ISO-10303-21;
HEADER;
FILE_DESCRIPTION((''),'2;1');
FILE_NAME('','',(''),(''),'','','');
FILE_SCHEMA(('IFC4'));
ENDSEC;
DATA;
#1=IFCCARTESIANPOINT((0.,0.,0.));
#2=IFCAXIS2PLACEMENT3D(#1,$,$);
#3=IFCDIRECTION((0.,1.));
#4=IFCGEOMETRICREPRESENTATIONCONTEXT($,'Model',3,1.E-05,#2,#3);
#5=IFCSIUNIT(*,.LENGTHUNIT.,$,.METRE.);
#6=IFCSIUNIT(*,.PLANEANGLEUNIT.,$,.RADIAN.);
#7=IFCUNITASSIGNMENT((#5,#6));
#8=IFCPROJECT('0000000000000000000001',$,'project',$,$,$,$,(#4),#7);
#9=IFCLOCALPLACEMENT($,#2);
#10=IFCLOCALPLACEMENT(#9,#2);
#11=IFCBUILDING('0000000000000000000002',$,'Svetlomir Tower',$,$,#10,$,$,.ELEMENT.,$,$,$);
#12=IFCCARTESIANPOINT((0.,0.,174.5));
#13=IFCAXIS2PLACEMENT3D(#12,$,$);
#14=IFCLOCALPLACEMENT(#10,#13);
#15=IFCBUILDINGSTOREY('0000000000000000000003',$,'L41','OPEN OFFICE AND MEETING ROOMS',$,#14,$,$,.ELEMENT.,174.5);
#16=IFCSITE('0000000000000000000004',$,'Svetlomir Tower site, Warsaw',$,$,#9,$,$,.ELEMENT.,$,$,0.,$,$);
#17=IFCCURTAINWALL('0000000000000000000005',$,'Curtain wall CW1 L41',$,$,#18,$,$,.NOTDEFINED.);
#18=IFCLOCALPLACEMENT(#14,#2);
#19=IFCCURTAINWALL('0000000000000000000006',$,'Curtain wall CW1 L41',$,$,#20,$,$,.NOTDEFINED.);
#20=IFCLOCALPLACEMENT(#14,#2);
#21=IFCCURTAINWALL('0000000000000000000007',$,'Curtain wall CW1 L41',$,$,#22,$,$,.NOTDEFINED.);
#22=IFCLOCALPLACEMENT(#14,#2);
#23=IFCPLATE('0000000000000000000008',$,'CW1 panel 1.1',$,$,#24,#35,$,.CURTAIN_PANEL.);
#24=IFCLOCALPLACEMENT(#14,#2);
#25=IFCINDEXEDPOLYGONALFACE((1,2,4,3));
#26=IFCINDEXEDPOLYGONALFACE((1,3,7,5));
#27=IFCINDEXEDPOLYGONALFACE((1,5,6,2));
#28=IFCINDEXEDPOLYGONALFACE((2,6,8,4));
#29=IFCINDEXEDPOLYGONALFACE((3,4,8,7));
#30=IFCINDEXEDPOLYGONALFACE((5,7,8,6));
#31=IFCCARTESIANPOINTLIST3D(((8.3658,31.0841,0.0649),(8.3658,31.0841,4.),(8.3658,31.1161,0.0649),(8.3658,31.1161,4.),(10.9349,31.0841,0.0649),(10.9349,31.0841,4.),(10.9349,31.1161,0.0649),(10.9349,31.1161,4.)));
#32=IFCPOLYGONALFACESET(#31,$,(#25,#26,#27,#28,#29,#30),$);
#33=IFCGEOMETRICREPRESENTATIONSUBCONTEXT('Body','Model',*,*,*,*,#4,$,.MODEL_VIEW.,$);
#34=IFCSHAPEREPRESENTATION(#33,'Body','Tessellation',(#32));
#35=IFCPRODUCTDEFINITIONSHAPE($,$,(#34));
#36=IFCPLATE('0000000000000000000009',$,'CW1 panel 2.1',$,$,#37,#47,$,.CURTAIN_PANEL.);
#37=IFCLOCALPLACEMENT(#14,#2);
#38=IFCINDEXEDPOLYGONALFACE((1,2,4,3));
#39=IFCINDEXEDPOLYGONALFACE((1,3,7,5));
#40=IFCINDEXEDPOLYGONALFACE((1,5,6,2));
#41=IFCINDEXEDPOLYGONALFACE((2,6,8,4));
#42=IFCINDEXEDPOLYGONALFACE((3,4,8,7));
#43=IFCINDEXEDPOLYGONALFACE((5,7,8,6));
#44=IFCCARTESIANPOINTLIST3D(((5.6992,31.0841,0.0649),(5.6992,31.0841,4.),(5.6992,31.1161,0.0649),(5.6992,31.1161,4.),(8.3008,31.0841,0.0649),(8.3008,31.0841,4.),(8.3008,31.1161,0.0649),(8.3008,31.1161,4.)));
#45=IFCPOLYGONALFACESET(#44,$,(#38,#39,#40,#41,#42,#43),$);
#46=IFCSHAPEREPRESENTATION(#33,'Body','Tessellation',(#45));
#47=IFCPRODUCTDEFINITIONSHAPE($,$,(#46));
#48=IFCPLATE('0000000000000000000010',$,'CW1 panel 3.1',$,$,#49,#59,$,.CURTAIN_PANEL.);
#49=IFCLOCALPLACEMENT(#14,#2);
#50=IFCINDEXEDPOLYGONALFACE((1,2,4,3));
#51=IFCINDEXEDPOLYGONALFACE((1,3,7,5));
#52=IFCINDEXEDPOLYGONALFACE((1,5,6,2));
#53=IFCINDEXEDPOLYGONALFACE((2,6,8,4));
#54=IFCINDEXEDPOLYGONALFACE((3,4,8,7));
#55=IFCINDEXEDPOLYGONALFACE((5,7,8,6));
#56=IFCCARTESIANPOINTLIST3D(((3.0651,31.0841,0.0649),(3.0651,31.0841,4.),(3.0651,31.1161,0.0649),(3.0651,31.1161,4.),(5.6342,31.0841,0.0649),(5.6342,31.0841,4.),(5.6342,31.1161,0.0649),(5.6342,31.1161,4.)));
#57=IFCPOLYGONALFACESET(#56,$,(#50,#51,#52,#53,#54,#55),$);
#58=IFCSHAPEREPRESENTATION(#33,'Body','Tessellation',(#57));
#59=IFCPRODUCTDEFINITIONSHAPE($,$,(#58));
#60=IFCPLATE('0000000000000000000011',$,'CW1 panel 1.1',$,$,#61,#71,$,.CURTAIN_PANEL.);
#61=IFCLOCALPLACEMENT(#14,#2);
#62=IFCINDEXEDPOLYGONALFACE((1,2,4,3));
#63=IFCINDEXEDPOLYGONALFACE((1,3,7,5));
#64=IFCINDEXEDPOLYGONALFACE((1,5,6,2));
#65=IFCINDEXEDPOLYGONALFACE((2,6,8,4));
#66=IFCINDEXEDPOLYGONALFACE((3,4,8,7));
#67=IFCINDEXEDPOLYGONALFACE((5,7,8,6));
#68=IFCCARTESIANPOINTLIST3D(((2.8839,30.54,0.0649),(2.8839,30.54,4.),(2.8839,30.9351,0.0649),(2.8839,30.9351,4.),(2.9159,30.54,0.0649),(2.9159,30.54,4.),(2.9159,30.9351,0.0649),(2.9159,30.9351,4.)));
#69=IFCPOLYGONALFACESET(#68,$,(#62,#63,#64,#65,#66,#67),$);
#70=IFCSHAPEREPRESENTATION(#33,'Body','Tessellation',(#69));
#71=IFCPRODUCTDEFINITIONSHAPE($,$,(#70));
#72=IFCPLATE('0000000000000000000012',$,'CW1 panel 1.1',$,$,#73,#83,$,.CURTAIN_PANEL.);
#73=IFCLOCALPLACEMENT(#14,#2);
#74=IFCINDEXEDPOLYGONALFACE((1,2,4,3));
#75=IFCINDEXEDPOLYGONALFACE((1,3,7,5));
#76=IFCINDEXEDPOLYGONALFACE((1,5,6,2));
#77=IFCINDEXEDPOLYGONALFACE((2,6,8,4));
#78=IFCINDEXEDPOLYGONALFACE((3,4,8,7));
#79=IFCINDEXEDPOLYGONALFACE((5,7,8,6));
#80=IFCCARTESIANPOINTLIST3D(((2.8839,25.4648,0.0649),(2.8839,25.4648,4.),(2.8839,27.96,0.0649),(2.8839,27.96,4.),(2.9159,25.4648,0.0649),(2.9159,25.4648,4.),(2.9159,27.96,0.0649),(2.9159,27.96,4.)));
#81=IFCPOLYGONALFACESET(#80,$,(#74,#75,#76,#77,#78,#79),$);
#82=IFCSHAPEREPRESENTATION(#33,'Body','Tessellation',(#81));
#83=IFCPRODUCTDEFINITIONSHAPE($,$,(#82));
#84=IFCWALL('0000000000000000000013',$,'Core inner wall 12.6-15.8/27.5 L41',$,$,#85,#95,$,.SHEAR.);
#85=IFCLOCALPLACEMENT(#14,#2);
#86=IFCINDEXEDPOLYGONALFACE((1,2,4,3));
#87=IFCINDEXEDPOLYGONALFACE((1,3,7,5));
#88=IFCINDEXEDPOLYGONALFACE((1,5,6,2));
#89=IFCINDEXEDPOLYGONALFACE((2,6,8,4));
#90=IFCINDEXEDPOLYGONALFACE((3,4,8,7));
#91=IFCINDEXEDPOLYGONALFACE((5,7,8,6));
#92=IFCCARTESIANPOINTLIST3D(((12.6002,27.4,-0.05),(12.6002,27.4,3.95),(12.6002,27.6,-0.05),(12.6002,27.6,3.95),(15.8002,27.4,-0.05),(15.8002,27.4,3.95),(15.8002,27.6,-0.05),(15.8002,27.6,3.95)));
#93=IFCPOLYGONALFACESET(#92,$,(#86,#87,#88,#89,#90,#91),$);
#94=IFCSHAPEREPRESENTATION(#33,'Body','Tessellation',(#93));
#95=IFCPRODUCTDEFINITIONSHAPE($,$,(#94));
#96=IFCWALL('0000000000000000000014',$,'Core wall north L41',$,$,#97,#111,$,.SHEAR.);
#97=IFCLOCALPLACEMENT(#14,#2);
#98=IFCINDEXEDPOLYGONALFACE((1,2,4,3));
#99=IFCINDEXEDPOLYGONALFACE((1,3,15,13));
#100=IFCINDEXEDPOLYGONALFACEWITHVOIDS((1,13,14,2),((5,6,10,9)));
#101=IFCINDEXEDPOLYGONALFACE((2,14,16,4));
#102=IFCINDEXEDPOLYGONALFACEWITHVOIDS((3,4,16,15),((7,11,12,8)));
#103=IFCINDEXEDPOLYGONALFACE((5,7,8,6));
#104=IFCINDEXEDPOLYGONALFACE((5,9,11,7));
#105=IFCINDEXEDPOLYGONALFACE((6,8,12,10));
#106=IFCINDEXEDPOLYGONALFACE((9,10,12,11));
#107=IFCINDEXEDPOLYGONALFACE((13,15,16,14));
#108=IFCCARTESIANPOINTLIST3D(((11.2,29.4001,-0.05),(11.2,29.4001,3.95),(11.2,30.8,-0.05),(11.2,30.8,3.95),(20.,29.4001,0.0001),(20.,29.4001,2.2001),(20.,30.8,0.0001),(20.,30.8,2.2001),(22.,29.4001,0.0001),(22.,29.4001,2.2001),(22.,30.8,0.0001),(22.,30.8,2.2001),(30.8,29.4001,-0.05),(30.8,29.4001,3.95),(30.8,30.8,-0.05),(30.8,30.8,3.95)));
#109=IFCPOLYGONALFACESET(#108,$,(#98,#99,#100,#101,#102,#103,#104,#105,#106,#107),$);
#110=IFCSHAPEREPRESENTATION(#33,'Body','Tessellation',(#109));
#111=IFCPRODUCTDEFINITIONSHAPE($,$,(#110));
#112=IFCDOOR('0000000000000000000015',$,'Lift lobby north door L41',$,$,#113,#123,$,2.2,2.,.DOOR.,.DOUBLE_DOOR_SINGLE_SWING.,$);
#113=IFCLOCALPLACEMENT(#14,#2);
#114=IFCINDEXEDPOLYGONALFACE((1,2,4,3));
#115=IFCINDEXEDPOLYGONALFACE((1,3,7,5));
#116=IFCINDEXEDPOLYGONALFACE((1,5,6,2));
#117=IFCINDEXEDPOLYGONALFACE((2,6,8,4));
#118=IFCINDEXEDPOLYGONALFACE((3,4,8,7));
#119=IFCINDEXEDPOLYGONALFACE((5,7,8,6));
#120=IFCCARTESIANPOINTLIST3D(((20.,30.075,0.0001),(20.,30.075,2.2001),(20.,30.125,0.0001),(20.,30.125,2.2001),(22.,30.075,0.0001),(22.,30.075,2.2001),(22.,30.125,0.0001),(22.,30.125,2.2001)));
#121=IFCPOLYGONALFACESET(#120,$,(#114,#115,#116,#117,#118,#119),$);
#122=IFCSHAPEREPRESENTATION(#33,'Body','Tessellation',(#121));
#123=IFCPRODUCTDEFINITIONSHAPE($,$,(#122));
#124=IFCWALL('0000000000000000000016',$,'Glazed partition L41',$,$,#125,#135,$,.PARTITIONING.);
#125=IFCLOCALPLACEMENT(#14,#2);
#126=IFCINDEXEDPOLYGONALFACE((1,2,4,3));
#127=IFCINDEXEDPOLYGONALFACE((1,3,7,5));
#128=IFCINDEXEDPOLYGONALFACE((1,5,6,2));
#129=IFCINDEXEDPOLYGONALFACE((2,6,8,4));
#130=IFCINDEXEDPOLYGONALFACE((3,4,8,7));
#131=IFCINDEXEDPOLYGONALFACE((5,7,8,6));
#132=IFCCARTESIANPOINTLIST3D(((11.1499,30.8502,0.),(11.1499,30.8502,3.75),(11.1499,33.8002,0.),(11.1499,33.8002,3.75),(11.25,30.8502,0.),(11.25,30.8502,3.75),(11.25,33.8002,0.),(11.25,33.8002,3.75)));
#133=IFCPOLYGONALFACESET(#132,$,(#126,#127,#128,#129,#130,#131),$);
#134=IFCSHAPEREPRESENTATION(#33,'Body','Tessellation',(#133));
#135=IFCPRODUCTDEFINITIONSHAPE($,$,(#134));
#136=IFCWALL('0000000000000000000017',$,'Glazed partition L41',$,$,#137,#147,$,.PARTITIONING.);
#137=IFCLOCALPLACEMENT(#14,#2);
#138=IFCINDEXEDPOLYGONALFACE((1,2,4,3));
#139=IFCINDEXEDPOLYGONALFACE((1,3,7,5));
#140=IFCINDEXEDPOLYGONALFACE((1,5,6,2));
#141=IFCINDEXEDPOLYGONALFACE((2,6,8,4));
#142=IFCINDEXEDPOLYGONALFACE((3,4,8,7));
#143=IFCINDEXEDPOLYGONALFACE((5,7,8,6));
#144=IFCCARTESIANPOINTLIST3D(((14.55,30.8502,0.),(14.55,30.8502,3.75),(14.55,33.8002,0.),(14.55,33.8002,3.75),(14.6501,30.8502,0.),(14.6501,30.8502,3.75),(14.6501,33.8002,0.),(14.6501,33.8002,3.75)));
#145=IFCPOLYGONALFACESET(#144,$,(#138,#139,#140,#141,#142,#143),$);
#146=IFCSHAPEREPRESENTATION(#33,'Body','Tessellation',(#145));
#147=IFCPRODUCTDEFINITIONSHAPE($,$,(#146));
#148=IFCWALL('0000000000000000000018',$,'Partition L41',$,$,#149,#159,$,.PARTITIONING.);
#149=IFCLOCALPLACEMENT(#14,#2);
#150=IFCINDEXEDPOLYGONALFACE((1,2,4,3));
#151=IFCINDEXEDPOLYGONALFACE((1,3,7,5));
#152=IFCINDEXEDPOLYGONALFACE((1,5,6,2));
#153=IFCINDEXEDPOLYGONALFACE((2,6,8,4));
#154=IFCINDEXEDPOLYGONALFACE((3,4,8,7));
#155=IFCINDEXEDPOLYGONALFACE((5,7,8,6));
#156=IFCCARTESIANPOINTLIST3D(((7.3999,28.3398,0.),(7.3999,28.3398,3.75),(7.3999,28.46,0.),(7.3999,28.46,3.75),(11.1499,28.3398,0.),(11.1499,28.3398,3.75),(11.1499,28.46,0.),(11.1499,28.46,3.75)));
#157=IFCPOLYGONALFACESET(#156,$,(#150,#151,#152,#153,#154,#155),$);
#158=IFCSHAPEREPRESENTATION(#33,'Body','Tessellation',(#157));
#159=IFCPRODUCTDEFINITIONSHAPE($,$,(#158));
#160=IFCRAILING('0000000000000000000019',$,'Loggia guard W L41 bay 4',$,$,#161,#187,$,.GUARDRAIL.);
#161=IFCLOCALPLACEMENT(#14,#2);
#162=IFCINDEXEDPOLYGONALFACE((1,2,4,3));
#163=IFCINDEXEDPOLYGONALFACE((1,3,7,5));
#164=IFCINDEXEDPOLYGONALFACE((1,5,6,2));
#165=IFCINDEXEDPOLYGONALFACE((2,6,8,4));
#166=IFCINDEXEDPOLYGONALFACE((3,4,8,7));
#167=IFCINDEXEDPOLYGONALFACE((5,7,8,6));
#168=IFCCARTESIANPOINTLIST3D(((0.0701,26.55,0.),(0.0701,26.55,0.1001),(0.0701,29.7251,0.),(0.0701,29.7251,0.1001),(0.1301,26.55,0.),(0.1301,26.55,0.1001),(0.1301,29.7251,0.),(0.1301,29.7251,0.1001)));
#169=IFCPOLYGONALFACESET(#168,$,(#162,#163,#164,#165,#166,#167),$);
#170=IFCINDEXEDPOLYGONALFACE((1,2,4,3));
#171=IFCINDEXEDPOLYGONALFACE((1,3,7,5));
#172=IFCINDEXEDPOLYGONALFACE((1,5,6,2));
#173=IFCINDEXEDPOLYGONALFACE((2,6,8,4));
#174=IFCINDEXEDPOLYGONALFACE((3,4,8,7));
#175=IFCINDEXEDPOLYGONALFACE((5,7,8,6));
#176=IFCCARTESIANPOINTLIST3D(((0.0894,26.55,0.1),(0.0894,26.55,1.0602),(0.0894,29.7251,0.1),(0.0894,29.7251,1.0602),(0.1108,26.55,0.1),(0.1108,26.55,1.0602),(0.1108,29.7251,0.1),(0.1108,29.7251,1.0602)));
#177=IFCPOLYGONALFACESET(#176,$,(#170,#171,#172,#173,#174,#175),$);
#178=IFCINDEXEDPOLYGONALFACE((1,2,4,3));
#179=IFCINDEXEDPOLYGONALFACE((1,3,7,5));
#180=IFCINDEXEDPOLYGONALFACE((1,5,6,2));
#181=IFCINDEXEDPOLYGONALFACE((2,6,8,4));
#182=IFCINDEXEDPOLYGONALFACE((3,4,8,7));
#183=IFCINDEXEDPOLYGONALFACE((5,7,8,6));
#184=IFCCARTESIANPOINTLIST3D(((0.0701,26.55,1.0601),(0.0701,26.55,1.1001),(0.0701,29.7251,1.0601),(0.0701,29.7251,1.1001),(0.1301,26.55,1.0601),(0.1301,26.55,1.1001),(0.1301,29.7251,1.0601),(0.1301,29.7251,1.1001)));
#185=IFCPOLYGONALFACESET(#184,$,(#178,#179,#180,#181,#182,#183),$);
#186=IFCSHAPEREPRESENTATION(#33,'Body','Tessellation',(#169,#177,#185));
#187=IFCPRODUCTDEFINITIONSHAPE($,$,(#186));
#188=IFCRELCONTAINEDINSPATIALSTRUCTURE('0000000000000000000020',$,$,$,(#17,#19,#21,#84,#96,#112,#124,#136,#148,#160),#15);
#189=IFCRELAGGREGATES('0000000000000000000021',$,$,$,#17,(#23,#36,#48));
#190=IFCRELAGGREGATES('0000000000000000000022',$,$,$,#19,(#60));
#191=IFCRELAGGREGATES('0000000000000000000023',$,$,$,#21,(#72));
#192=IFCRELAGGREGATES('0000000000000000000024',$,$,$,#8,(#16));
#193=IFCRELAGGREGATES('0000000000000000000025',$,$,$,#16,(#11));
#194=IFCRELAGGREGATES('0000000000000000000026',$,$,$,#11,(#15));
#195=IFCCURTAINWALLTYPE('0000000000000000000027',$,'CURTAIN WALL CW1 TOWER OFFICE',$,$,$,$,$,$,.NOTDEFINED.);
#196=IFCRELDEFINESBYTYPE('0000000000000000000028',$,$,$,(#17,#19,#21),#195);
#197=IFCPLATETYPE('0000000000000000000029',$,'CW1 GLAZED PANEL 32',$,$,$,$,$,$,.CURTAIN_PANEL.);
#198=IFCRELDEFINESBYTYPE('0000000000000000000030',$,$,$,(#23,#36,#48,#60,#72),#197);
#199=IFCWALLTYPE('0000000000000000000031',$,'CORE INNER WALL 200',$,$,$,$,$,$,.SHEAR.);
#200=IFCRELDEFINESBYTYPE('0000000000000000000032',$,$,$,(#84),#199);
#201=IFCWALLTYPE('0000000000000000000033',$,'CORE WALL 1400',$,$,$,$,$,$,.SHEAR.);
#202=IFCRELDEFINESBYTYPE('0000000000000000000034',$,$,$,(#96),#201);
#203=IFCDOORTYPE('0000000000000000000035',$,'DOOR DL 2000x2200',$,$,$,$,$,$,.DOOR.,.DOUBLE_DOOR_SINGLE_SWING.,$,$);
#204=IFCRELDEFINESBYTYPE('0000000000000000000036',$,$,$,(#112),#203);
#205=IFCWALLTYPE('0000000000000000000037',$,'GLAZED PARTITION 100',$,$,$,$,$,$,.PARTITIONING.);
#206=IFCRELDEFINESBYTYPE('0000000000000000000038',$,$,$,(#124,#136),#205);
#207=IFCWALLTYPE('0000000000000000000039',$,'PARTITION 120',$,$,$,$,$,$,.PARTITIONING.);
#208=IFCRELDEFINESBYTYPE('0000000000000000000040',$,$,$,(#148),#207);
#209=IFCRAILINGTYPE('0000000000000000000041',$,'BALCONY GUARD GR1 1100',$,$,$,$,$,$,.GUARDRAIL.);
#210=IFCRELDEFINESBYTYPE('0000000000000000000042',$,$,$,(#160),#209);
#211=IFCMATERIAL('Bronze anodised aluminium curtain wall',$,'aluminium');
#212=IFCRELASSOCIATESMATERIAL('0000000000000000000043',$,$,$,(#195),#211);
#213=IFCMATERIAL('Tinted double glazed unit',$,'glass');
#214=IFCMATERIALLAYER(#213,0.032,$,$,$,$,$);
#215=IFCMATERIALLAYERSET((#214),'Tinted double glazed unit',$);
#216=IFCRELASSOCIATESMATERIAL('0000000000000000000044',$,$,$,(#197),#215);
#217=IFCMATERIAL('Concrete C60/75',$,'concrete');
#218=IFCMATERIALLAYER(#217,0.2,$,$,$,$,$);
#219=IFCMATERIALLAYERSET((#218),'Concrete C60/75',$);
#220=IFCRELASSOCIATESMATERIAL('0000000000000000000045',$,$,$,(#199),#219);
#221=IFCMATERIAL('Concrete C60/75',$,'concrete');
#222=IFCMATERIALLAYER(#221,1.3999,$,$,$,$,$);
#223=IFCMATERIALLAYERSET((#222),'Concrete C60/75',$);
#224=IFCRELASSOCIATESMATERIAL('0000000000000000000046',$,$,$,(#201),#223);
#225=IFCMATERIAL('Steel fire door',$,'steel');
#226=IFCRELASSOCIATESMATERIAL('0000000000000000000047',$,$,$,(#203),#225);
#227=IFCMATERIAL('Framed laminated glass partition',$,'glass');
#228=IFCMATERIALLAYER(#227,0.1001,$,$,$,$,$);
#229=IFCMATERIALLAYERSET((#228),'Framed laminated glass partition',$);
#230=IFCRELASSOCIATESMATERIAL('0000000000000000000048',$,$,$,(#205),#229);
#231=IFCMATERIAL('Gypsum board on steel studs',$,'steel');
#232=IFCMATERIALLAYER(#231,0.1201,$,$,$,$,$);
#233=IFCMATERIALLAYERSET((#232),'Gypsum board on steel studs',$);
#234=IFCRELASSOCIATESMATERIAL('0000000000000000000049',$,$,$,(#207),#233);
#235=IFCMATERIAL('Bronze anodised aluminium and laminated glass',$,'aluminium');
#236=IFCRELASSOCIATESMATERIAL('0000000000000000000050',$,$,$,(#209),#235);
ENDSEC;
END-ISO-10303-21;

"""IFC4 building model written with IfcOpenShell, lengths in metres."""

from ifc_helpers import new_model, si_unit, direction, frame, frame_2d, origin, origin_2d, place, context, subcontext, project, spatial, rectangle, extrude, material, layer, layer_set, type_object, element, fill, aggregate, save


model = new_model("IFC4")

# Units and contexts
model_context = context("Model", 3, precision=1e-05, world=origin(), true_north=direction((0.0, 1.0)))
body_context = subcontext(model_context, "Body", "Model", "MODEL_VIEW")
ifc_project = project(units=[si_unit("LENGTHUNIT", "METRE"), si_unit("PLANEANGLEUNIT", "RADIAN")], contexts=[model_context])

# Site, building, storey
site_placement = place(None, origin())
site = spatial("IfcSite", under=ifc_project, at=site_placement, Name="Svetlomir Tower site, Warsaw", CompositionType="ELEMENT", RefElevation=0.0)
building_placement = place(site_placement, origin())
building = spatial("IfcBuilding", under=site, at=building_placement, Name="Svetlomir Tower", CompositionType="ELEMENT")
storey_placement = place(building_placement, frame((0.0, 0.0, 174.5)))
storey = spatial("IfcBuildingStorey", under=building, at=storey_placement, Name="L41", Description="OPEN OFFICE AND MEETING ROOMS", CompositionType="ELEMENT", Elevation=174.5)

# Shared definitions
ifc_material_1 = material(Name="Bronze anodised aluminium curtain wall", Category="aluminium")
curtain_wall_type = type_object("IfcCurtainWallType", Name="CURTAIN WALL CW1 TOWER OFFICE", PredefinedType="NOTDEFINED", material=ifc_material_1)

# Curtain walls
curtain_wall_1_placement = place(storey_placement, origin())
curtain_wall_1 = element("IfcCurtainWall", 1, at=curtain_wall_1_placement, inside=storey, type_object=curtain_wall_type, Name="Curtain wall CW1 L41", PredefinedType="NOTDEFINED")
curtain_wall_2_placement = place(storey_placement, origin())
curtain_wall_2 = element("IfcCurtainWall", 2, at=curtain_wall_2_placement, inside=storey, type_object=curtain_wall_type, Name="Curtain wall CW1 L41", PredefinedType="NOTDEFINED")

# Curtain wall
curtain_wall_3_placement = place(storey_placement, origin())
curtain_wall_3 = element("IfcCurtainWall", 3, at=curtain_wall_3_placement, inside=storey, type_object=curtain_wall_type, Name="Curtain wall CW1 L41", PredefinedType="NOTDEFINED")

# Plates
ifc_material_2 = material(Name="Tinted double glazed unit", Category="glass")
ifc_layer_1 = layer(ifc_material_2, 0.032)
ifc_layer_set_1 = layer_set([ifc_layer_1], Name="Tinted double glazed unit")
plate_type = type_object("IfcPlateType", Name="CW1 GLAZED PANEL 32", PredefinedType="CURTAIN_PANEL", material=ifc_layer_set_1)
plate_1_placement = place(storey_placement, frame((9.6504, 31.1001, 0.0649), z_axis=(0.0, 0.0, 1.0), x_axis=(-1.0, 0.0, 0.0)))
plate_1 = element("IfcPlate", 4, at=plate_1_placement, type_object=plate_type, Name="CW1 panel 1.1", PredefinedType="CURTAIN_PANEL", context=body_context, shape_type="SweptSolid", body=[
    extrude(rectangle(XDim=2.5691, YDim=0.032, at=origin_2d()), origin(), (0.0, 0.0, 1.0), 3.9351),
])
plate_2_placement = place(storey_placement, frame((7.0, 31.1001, 0.0649), z_axis=(0.0, 0.0, 1.0), x_axis=(-1.0, 0.0, 0.0)))
plate_2 = element("IfcPlate", 5, at=plate_2_placement, type_object=plate_type, Name="CW1 panel 2.1", PredefinedType="CURTAIN_PANEL", context=body_context, shape_type="SweptSolid", body=[
    extrude(rectangle(XDim=2.6016, YDim=0.032, at=origin_2d()), origin(), (0.0, 0.0, 1.0), 3.9351),
])
plate_3_placement = place(storey_placement, frame((4.3496, 31.1001, 0.0649), z_axis=(0.0, 0.0, 1.0), x_axis=(-1.0, 0.0, 0.0)))
plate_3 = element("IfcPlate", 6, at=plate_3_placement, type_object=plate_type, Name="CW1 panel 3.1", PredefinedType="CURTAIN_PANEL", context=body_context, shape_type="SweptSolid", body=[
    extrude(rectangle(XDim=2.5691, YDim=0.032, at=origin_2d()), origin(), (0.0, 0.0, 1.0), 3.9351),
])
aggregate(curtain_wall_1, [plate_1, plate_2, plate_3])
plate_4_placement = place(storey_placement, frame((2.8999, 30.7375, 0.0649), z_axis=(0.0, 0.0, 1.0), x_axis=(0.0, -1.0, 0.0)))
plate_4 = element("IfcPlate", 7, at=plate_4_placement, type_object=plate_type, Name="CW1 panel 1.1", PredefinedType="CURTAIN_PANEL", context=body_context, shape_type="SweptSolid", body=[
    extrude(rectangle(XDim=0.395, YDim=0.032, at=origin_2d()), origin(), (0.0, 0.0, 1.0), 3.9351),
])
aggregate(curtain_wall_2, [plate_4])
plate_5_placement = place(storey_placement, frame((2.8999, 26.7124, 0.0649), z_axis=(0.0, 0.0, 1.0), x_axis=(0.0, -1.0, 0.0)))
plate_5 = element("IfcPlate", 8, at=plate_5_placement, type_object=plate_type, Name="CW1 panel 1.1", PredefinedType="CURTAIN_PANEL", context=body_context, shape_type="SweptSolid", body=[
    extrude(rectangle(XDim=2.4951, YDim=0.032, at=origin_2d()), origin(), (0.0, 0.0, 1.0), 3.9351),
])
aggregate(curtain_wall_3, [plate_5])

# Wall
ifc_material_3 = material(Name="Concrete C60/75", Category="concrete")
ifc_layer_2 = layer(ifc_material_3, 0.2)
ifc_layer_set_2 = layer_set([ifc_layer_2], Name="Concrete C60/75")
wall_type_1 = type_object("IfcWallType", Name="CORE INNER WALL 200", PredefinedType="SHEAR", material=ifc_layer_set_2)
wall_1_placement = place(storey_placement, frame((12.6001, 27.5, -0.05), z_axis=(0.0, 0.0, 1.0), x_axis=(1.0, 0.0, 0.0)))
element("IfcWall", 9, at=wall_1_placement, inside=storey, type_object=wall_type_1, Name="Core inner wall 12.6-15.8/27.5 L41", PredefinedType="SHEAR", context=body_context, shape_type="SweptSolid", body=[
    extrude(rectangle(XDim=3.2, YDim=0.2, at=frame_2d((1.6001, 0.0))), origin(), (0.0, 0.0, 1.0), 4.0),
])

# Wall, opening, door
ifc_material_4 = material(Name="Concrete C60/75", Category="concrete")
ifc_layer_3 = layer(ifc_material_4, 1.3999)
ifc_layer_set_3 = layer_set([ifc_layer_3], Name="Concrete C60/75")
wall_type_2 = type_object("IfcWallType", Name="CORE WALL 1400", PredefinedType="SHEAR", material=ifc_layer_set_3)
wall_2_placement = place(storey_placement, frame((11.2, 30.1001, -0.05), z_axis=(0.0, 0.0, 1.0), x_axis=(1.0, 0.0, 0.0)))
wall_2 = element("IfcWall", 10, at=wall_2_placement, inside=storey, type_object=wall_type_2, Name="Core wall north L41", PredefinedType="SHEAR", context=body_context, shape_type="SweptSolid", body=[
    extrude(rectangle(XDim=19.6001, YDim=1.3999, at=frame_2d((9.8, 0.0))), origin(), (0.0, 0.0, 1.0), 4.0),
])
opening_placement = place(wall_2_placement, frame((8.8, 0.0, 0.05)))
opening = element("IfcOpeningElement", 11, at=opening_placement, cuts=wall_2, PredefinedType="OPENING", context=body_context, shape_type="SweptSolid", body=[
    extrude(rectangle(XDim=2.0, YDim=2.2, at=frame_2d((1.0, 1.1001))), frame((0.0, 0.71, 0.0), z_axis=(0.0, -1.0, 0.0), x_axis=(1.0, 0.0, 0.0)), (0.0, 0.0, 1.0), 1.4199),
])
ifc_material_5 = material(Name="Steel fire door", Category="steel")
door_type = type_object("IfcDoorType", Name="DOOR DL 2000x2200", OperationType="DOUBLE_DOOR_SINGLE_SWING", PredefinedType="DOOR", material=ifc_material_5)
door_placement = place(opening_placement, origin())
door = element("IfcDoor", 12, at=door_placement, inside=storey, type_object=door_type, Name="Lift lobby north door L41", OperationType="DOUBLE_DOOR_SINGLE_SWING", OverallHeight=2.2, OverallWidth=2.0, PredefinedType="DOOR", context=body_context, shape_type="SweptSolid", body=[
    extrude(rectangle(XDim=2.0, YDim=2.2, at=frame_2d((1.0, 1.1001))), frame((0.0, 0.0249, 0.0), z_axis=(0.0, -1.0, 0.0), x_axis=(1.0, 0.0, 0.0)), (0.0, 0.0, 1.0), 0.05),
])
fill(opening, door)

# Walls
ifc_material_6 = material(Name="Framed laminated glass partition", Category="glass")
ifc_layer_4 = layer(ifc_material_6, 0.1001)
ifc_layer_set_4 = layer_set([ifc_layer_4], Name="Framed laminated glass partition")
wall_type_3 = type_object("IfcWallType", Name="GLAZED PARTITION 100", PredefinedType="PARTITIONING", material=ifc_layer_set_4)
for number, where, z_axis, x_axis, name in (
    (13, (11.2, 30.8501, 0.0), (0.0, 0.0, 1.0), (0.0, 1.0, 0.0), "Glazed partition L41"),
    (14, (14.6001, 30.8501, 0.0), (0.0, 0.0, 1.0), (0.0, 1.0, 0.0), "Glazed partition L41"),
):
    element("IfcWall", number, at=place(storey_placement, frame(where, z_axis=z_axis, x_axis=x_axis)), inside=storey, type_object=wall_type_3, Name=name, PredefinedType="PARTITIONING", context=body_context, shape_type="SweptSolid", body=[
        extrude(rectangle(XDim=2.95, YDim=0.1001, at=frame_2d((1.4751, 0.0))), origin(), (0.0, 0.0, 1.0), 3.75),
    ])
ifc_material_7 = material(Name="Gypsum board on steel studs", Category="steel")
ifc_layer_5 = layer(ifc_material_7, 0.1201)
ifc_layer_set_5 = layer_set([ifc_layer_5], Name="Gypsum board on steel studs")
wall_type_4 = type_object("IfcWallType", Name="PARTITION 120", PredefinedType="PARTITIONING", material=ifc_layer_set_5)
wall_3_placement = place(storey_placement, frame((7.3999, 28.3999, 0.0), z_axis=(0.0, 0.0, 1.0), x_axis=(1.0, 0.0, 0.0)))
element("IfcWall", 15, at=wall_3_placement, inside=storey, type_object=wall_type_4, Name="Partition L41", PredefinedType="PARTITIONING", context=body_context, shape_type="SweptSolid", body=[
    extrude(rectangle(XDim=3.75, YDim=0.1201, at=frame_2d((1.875, 0.0))), origin(), (0.0, 0.0, 1.0), 3.75),
])

# Railing
ifc_material_8 = material(Name="Bronze anodised aluminium and laminated glass", Category="aluminium")
railing_type = type_object("IfcRailingType", Name="BALCONY GUARD GR1 1100", PredefinedType="GUARDRAIL", material=ifc_material_8)
railing_1_placement = place(storey_placement, frame((0.1001, 26.55, 0.0)))
element("IfcRailing", 16, at=railing_1_placement, inside=storey, type_object=railing_type, Name="Loggia guard W L41 bay 4", PredefinedType="GUARDRAIL", context=body_context, shape_type="SweptSolid", body=[
    extrude(rectangle(XDim=0.0601, YDim=0.1001, at=origin_2d()), frame((0.0, 0.0, 0.05), z_axis=(0.0, 1.0, 0.0), x_axis=(-1.0, 0.0, 0.0)), (0.0, 0.0, 1.0), 3.175),
    extrude(rectangle(XDim=0.0215, YDim=0.9602, at=origin_2d()), frame((0.0, 0.0, 0.5801), z_axis=(0.0, 1.0, 0.0), x_axis=(-1.0, 0.0, 0.0)), (0.0, 0.0, 1.0), 3.175),
    extrude(rectangle(XDim=0.0601, YDim=0.04, at=origin_2d()), frame((0.0, 0.0, 1.0801), z_axis=(0.0, 1.0, 0.0), x_axis=(-1.0, 0.0, 0.0)), (0.0, 0.0, 1.0), 3.175),
])

save(model, "model.ifc")
